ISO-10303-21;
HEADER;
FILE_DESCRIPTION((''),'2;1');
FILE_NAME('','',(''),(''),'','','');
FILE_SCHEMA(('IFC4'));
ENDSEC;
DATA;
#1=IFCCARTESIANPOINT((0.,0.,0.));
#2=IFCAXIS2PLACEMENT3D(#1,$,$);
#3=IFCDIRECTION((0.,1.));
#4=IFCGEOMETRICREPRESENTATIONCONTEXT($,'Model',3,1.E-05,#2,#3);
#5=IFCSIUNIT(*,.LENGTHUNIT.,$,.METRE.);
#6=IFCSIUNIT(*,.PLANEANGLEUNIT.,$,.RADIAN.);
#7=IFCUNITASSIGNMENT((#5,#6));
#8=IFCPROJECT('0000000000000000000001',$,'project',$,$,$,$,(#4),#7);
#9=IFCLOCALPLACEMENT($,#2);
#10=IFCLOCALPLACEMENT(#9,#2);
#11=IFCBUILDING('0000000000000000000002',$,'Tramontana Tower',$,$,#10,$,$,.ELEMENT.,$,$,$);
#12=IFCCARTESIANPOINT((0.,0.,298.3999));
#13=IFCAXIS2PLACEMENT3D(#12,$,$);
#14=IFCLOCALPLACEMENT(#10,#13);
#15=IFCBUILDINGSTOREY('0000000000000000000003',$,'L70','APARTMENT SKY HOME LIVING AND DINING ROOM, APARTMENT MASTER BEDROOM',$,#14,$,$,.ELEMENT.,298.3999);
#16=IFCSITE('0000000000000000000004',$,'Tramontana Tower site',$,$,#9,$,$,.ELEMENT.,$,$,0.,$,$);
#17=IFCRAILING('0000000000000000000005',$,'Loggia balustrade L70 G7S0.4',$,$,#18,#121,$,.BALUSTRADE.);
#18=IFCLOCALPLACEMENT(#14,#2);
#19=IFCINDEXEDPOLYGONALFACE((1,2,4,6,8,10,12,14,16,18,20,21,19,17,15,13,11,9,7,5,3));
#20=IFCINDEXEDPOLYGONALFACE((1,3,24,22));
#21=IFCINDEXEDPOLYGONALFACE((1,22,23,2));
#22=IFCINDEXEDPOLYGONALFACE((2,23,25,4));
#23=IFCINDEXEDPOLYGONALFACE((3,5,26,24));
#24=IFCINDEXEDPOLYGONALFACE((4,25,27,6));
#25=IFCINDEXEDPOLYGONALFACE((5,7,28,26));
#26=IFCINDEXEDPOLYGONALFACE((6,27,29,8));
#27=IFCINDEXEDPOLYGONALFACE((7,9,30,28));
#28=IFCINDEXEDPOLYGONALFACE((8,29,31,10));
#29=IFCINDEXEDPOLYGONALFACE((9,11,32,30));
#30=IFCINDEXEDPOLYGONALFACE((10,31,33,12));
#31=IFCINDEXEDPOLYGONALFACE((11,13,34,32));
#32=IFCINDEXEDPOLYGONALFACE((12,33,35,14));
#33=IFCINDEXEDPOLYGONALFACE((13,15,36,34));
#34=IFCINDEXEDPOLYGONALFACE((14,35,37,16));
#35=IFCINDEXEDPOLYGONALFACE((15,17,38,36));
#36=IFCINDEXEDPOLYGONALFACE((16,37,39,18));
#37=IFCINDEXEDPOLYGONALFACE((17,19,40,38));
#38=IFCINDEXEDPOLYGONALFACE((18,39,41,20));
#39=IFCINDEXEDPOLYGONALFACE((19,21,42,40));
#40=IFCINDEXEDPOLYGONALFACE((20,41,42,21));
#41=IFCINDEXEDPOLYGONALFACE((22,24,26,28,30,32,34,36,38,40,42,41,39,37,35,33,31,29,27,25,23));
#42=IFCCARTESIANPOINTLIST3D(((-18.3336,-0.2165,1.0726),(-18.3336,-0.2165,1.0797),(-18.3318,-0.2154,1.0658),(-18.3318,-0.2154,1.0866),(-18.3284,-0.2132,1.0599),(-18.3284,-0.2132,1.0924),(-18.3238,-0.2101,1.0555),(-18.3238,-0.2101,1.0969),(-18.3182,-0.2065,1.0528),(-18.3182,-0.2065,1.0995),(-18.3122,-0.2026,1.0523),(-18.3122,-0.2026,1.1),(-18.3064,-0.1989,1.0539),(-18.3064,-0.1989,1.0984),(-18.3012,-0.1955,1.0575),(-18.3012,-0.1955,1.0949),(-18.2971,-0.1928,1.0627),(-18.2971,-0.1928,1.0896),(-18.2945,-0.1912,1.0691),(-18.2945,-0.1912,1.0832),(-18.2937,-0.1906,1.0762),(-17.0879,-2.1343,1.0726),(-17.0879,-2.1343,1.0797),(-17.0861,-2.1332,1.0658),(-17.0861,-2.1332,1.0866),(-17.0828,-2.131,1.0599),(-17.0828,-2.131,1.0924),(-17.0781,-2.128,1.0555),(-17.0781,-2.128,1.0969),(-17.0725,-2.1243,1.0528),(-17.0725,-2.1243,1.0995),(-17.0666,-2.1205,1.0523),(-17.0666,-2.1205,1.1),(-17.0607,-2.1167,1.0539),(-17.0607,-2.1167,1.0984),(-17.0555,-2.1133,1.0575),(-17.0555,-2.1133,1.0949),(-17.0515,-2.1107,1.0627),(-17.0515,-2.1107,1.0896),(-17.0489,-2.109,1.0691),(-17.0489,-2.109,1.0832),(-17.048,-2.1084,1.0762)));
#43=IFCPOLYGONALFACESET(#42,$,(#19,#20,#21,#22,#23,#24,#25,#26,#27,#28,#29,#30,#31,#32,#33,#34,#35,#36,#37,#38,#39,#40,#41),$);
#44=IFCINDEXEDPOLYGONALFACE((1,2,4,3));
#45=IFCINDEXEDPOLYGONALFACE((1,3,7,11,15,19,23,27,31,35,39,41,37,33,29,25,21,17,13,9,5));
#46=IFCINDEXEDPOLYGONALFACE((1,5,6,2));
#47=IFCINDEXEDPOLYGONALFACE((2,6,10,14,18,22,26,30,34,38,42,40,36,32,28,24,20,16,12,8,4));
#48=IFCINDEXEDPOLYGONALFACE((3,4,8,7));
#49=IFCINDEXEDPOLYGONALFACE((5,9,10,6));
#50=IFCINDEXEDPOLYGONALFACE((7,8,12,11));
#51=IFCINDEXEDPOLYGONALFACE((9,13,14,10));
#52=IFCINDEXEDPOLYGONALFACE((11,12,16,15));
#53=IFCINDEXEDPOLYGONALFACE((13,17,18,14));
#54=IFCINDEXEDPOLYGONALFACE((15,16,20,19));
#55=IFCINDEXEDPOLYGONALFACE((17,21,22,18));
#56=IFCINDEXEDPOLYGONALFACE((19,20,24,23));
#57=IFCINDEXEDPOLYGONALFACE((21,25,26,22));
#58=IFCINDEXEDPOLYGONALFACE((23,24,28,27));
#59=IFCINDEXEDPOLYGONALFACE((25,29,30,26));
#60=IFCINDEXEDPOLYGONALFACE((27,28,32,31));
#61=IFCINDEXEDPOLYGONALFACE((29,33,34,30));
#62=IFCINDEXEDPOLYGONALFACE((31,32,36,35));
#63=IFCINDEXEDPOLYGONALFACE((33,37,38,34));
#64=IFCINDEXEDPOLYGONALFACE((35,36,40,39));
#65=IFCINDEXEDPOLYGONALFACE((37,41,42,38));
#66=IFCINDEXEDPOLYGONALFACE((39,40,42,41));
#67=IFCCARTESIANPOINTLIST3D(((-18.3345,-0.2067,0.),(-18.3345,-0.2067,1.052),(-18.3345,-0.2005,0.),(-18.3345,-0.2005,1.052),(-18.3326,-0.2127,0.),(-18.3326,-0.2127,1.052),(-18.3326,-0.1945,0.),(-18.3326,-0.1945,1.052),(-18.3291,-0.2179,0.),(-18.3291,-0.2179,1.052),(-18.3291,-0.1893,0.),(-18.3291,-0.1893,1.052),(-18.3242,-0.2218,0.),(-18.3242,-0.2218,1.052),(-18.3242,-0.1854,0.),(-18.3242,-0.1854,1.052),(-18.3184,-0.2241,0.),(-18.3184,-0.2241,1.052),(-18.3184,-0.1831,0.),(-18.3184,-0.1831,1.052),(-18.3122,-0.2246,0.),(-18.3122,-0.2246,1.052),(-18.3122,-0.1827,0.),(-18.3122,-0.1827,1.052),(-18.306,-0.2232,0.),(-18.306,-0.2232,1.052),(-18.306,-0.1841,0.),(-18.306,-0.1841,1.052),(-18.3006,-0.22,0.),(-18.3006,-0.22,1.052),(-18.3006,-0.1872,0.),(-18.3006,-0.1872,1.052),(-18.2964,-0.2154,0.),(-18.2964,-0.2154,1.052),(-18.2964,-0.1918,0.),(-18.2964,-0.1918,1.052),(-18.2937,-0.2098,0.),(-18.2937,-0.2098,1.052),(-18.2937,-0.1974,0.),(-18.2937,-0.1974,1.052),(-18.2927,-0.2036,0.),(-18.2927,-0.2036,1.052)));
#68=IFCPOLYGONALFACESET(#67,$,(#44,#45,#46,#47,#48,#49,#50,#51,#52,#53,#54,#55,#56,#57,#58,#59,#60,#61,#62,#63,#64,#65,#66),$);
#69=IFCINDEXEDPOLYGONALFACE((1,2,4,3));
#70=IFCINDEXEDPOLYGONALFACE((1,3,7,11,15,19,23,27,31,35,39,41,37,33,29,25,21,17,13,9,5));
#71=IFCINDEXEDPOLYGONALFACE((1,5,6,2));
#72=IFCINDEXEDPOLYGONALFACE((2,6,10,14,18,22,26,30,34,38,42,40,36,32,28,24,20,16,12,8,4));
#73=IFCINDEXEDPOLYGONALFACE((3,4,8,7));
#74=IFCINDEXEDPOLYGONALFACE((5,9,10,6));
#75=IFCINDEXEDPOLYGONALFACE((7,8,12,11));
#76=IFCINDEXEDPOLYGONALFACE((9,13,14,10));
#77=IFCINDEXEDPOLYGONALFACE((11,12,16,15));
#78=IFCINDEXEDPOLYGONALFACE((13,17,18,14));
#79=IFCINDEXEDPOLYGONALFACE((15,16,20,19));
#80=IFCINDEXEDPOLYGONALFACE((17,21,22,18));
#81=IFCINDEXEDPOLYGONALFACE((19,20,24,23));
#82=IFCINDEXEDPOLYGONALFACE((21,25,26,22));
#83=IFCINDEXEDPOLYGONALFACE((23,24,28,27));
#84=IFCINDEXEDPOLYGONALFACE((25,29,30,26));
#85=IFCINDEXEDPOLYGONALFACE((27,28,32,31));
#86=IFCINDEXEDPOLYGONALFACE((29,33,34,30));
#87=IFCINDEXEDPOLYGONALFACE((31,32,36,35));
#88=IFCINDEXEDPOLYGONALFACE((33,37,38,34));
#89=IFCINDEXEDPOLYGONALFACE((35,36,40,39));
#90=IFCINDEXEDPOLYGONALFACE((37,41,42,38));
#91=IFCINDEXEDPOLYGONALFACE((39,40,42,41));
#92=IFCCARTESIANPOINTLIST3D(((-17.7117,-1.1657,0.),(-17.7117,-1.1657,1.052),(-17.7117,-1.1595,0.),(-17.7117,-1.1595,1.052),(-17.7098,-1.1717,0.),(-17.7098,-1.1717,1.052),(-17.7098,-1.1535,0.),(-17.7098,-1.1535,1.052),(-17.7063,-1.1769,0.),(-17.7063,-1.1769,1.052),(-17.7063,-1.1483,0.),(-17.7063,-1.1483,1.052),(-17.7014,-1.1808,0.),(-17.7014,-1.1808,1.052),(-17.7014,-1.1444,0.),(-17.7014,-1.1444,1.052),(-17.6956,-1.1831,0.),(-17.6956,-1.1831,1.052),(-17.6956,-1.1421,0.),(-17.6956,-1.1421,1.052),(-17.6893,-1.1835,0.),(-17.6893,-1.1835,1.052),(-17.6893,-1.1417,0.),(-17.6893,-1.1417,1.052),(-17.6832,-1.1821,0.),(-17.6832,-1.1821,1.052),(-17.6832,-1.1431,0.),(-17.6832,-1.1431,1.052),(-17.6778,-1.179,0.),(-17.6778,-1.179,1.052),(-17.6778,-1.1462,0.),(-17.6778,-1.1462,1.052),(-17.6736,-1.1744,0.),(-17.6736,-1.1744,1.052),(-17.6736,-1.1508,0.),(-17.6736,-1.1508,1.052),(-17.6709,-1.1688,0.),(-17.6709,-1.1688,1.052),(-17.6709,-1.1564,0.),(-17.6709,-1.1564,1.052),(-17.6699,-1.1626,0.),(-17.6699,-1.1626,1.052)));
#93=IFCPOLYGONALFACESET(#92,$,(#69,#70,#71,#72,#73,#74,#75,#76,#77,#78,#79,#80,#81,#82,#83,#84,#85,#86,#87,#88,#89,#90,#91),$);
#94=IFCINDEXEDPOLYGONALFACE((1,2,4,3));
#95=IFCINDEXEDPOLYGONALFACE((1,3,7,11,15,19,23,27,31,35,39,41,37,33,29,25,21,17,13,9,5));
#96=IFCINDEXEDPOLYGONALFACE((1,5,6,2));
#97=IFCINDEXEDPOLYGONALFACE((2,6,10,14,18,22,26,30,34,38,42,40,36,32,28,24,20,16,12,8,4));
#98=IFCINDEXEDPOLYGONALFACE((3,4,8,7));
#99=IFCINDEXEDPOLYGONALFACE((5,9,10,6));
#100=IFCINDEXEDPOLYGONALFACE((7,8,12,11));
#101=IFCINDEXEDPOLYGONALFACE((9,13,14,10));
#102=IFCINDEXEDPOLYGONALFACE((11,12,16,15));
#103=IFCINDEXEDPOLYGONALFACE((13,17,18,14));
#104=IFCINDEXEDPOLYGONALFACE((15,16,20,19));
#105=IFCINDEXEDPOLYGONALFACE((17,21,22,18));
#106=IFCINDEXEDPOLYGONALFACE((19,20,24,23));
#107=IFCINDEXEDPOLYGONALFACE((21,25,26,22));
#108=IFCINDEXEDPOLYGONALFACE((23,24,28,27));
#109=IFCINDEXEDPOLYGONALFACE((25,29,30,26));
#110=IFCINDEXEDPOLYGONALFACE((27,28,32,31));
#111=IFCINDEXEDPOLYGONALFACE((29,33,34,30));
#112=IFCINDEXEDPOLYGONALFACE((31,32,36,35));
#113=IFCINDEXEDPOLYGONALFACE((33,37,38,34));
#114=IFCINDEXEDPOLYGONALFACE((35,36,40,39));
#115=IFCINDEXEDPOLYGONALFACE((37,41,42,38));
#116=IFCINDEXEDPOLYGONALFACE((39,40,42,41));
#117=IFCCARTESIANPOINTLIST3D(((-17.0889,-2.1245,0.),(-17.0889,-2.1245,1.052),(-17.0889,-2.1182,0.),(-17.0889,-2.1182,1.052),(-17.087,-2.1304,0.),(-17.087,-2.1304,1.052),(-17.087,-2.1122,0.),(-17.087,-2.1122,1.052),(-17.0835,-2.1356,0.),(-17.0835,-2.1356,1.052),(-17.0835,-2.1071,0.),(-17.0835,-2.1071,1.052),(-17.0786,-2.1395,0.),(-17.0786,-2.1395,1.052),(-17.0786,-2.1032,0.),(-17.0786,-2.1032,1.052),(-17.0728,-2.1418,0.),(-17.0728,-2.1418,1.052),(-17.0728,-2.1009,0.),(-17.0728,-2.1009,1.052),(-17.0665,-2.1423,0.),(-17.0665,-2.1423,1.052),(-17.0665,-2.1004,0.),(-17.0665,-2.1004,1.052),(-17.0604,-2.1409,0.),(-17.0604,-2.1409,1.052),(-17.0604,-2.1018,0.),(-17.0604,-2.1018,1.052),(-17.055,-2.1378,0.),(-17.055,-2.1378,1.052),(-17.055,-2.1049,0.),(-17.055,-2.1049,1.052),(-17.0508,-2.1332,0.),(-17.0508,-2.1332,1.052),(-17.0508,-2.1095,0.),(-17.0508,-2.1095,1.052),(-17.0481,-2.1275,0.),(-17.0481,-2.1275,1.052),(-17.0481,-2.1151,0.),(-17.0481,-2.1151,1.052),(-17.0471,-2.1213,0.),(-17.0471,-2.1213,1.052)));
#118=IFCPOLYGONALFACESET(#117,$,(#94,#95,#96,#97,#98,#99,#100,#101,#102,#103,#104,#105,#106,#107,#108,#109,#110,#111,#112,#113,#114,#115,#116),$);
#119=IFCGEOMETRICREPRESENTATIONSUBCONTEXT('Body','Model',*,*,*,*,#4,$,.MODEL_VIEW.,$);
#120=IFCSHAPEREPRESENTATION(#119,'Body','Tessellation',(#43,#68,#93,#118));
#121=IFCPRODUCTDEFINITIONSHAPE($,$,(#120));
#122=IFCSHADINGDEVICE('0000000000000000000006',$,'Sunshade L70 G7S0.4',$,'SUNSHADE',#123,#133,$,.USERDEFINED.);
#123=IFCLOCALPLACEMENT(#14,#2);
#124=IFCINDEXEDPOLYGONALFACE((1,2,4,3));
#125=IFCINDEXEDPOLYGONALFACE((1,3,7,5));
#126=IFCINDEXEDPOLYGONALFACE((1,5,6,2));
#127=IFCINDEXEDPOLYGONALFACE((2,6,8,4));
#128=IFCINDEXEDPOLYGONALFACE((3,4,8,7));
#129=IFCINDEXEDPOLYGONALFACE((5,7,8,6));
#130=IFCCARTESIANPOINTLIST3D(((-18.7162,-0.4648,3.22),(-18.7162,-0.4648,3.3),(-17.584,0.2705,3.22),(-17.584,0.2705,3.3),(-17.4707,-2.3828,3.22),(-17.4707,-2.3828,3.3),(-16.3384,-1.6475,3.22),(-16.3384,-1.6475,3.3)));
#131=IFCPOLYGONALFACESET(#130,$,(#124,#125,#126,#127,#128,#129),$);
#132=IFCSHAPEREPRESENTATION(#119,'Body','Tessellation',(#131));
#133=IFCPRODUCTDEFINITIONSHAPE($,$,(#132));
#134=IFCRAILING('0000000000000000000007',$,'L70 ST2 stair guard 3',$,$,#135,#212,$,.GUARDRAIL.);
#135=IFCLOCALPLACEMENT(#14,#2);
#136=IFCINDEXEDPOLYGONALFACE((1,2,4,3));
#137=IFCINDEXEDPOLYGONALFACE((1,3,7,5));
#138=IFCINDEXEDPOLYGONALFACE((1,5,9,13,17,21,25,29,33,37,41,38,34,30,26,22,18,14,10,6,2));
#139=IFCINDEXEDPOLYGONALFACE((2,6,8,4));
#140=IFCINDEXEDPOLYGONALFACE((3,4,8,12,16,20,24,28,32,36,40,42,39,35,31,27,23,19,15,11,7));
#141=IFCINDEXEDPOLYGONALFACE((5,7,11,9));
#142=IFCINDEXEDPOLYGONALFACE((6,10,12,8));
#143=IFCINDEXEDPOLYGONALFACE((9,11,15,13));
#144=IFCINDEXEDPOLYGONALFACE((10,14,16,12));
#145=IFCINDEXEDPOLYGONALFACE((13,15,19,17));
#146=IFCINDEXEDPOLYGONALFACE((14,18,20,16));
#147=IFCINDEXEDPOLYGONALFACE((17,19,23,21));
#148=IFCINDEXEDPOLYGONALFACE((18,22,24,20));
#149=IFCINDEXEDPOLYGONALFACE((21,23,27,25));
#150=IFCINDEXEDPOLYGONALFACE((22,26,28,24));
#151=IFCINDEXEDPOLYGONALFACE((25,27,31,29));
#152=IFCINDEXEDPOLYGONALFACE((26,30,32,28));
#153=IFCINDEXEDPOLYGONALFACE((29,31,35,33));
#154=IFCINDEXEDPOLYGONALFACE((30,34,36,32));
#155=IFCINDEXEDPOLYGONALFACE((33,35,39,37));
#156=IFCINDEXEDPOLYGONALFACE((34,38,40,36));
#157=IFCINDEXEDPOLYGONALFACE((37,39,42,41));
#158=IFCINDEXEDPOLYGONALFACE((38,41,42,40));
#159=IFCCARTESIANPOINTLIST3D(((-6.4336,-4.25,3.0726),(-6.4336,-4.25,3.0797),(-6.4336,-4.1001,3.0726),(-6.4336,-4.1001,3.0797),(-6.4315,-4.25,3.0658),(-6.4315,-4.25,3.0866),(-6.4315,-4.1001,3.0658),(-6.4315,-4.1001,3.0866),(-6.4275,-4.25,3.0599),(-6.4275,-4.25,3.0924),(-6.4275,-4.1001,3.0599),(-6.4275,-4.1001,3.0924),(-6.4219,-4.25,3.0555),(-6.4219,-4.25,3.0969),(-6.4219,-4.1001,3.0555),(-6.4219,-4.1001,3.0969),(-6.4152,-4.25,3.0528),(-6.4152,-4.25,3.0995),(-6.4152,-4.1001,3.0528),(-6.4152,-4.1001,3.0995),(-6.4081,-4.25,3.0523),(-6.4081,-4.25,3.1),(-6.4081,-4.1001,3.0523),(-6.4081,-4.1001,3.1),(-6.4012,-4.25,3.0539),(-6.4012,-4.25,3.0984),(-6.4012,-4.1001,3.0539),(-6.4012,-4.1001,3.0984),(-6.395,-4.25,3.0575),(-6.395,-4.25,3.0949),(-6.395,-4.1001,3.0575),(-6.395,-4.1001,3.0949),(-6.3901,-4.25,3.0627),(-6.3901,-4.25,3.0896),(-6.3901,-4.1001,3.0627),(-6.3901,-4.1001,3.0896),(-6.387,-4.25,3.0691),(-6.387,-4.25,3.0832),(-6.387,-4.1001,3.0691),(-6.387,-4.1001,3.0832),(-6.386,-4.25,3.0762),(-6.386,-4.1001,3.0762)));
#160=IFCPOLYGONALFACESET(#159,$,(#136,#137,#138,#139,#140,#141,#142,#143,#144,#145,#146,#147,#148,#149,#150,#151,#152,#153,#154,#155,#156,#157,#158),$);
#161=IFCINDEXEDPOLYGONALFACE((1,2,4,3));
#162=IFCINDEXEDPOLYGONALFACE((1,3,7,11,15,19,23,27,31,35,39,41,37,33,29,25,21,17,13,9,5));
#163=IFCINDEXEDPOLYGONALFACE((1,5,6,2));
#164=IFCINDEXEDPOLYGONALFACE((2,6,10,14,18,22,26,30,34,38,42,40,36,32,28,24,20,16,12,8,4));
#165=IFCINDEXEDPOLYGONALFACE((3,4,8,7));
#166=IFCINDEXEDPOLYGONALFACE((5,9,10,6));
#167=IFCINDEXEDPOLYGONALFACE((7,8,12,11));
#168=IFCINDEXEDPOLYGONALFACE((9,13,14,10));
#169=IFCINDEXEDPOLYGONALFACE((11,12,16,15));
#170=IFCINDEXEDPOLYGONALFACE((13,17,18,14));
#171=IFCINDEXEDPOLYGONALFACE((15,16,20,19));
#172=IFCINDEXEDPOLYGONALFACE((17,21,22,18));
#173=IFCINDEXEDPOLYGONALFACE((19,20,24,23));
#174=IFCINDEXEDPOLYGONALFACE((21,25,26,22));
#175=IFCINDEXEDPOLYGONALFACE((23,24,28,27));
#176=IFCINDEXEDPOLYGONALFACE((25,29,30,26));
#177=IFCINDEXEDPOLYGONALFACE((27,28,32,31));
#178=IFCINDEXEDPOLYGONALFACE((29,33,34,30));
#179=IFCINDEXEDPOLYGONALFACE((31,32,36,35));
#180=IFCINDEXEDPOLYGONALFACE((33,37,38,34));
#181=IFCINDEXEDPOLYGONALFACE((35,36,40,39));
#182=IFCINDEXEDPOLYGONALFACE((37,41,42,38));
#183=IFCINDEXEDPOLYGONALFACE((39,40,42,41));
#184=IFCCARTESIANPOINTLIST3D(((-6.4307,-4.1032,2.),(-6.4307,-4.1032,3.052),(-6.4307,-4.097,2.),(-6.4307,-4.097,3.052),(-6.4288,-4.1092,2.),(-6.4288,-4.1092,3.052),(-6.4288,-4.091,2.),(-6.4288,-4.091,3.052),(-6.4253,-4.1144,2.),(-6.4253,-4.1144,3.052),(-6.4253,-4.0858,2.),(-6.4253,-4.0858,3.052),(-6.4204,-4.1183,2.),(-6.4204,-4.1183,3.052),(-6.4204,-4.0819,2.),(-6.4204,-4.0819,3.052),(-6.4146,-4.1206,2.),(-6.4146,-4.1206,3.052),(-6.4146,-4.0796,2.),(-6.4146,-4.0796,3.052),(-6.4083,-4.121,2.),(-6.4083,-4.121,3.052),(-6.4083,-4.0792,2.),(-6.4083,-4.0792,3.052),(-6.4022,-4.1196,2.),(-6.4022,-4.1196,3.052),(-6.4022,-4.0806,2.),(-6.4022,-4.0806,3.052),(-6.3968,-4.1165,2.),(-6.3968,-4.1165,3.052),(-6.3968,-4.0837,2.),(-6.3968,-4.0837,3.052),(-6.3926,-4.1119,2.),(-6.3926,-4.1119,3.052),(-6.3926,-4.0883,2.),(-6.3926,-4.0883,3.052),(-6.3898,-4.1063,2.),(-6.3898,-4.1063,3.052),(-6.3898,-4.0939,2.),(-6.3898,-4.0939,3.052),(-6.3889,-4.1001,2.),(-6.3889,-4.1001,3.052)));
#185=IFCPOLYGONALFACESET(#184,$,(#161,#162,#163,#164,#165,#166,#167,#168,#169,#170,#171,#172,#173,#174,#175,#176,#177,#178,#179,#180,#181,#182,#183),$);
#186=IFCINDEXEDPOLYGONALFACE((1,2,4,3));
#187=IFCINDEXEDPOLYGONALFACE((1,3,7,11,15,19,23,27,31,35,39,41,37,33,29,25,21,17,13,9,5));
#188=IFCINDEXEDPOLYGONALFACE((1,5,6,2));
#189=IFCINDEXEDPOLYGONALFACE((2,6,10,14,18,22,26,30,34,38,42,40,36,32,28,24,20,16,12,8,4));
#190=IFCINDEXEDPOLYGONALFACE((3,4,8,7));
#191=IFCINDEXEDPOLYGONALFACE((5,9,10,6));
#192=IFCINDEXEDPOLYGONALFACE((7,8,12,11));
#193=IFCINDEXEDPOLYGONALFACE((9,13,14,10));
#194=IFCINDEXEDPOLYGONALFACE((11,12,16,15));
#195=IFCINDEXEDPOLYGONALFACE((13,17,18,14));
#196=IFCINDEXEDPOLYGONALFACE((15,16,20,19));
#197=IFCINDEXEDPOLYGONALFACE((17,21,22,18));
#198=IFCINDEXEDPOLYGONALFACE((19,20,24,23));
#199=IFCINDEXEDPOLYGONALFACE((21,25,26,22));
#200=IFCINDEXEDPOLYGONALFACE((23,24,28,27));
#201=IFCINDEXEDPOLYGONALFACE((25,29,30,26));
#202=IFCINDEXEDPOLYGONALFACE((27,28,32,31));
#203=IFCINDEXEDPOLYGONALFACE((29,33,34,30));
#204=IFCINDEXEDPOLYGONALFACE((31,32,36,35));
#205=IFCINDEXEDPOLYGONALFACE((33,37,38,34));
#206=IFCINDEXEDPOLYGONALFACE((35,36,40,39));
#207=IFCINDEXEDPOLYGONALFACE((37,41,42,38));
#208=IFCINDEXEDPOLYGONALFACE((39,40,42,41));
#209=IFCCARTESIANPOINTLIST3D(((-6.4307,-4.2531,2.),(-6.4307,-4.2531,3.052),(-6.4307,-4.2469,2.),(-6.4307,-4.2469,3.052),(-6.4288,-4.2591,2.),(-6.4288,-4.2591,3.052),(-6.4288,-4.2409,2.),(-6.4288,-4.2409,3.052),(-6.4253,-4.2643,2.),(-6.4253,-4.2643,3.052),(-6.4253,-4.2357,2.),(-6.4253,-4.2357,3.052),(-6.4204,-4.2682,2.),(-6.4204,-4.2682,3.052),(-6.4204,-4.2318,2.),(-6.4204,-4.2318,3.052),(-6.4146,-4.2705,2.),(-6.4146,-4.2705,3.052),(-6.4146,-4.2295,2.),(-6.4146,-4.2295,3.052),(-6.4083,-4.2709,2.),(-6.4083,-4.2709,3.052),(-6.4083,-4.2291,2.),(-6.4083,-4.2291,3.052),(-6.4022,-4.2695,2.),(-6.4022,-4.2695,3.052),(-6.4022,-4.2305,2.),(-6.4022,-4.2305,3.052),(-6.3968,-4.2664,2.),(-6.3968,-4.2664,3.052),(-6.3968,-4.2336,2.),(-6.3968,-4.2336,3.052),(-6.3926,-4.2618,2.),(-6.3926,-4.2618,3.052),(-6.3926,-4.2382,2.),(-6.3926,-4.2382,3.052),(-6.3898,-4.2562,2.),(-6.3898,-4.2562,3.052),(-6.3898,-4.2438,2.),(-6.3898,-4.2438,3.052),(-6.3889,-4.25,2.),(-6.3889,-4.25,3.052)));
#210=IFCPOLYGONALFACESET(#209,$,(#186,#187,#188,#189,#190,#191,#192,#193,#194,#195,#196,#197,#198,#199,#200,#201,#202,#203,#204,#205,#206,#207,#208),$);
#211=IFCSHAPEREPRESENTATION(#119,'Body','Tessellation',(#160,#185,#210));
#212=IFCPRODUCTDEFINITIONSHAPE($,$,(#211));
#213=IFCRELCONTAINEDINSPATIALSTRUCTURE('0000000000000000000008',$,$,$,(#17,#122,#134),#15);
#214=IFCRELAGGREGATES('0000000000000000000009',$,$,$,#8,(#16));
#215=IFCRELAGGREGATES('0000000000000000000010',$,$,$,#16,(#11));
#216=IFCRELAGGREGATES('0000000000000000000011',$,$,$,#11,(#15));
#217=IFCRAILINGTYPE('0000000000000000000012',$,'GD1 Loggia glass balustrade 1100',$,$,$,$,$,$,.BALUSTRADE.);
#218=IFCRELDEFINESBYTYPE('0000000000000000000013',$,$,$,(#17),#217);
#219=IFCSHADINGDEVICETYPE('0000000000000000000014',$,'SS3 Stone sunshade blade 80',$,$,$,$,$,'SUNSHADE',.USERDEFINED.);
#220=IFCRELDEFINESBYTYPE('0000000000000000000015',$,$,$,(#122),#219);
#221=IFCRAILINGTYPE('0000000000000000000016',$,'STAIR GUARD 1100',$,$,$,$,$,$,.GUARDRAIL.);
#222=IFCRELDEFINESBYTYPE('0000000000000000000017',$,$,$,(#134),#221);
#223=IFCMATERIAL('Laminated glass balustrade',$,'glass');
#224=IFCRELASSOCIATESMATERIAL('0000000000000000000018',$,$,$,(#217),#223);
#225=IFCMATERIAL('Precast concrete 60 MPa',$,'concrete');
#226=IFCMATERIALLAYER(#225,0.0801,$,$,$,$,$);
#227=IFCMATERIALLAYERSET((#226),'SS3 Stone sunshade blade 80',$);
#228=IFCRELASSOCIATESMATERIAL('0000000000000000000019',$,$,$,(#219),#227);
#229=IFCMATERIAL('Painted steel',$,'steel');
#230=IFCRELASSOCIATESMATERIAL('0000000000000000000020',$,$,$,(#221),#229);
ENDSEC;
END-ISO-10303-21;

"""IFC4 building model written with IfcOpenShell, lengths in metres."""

from ifc_helpers import new_model, si_unit, direction, frame, origin, origin_2d, place, context, subcontext, project, spatial, rectangle, circle, extrude, material, layer, layer_set, type_object, element, save


model = new_model("IFC4")

# Units and contexts
model_context = context("Model", 3, precision=1e-05, world=origin(), true_north=direction((0.0, 1.0)))
body_context = subcontext(model_context, "Body", "Model", "MODEL_VIEW")
ifc_project = project(units=[si_unit("LENGTHUNIT", "METRE"), si_unit("PLANEANGLEUNIT", "RADIAN")], contexts=[model_context])

# Site, building, storey
site_placement = place(None, origin())
site = spatial("IfcSite", under=ifc_project, at=site_placement, Name="Tramontana Tower site", CompositionType="ELEMENT", RefElevation=0.0)
building_placement = place(site_placement, origin())
building = spatial("IfcBuilding", under=site, at=building_placement, Name="Tramontana Tower", CompositionType="ELEMENT")
storey_placement = place(building_placement, frame((0.0, 0.0, 298.3999)))
storey = spatial("IfcBuildingStorey", under=building, at=storey_placement, Name="L70", Description="APARTMENT SKY HOME LIVING AND DINING ROOM, APARTMENT MASTER BEDROOM", CompositionType="ELEMENT", Elevation=298.3999)

# Railing
ifc_material_1 = material(Name="Laminated glass balustrade", Category="glass")
railing_type_1 = type_object("IfcRailingType", Name="GD1 Loggia glass balustrade 1100", PredefinedType="BALUSTRADE", material=ifc_material_1)
railing_1_placement = place(storey_placement, frame((-18.3137, -0.2036, 0.0)))
element("IfcRailing", 1, at=railing_1_placement, inside=storey, type_object=railing_type_1, Name="Loggia balustrade L70 G7S0.4", PredefinedType="BALUSTRADE", context=body_context, shape_type="SweptSolid", body=[
    extrude(circle(Radius=0.0239, at=origin_2d()), frame((0.0, 0.0, 1.0762), z_axis=(0.544707, -0.838627, 0.0), x_axis=(0.838627, 0.544707, 0.0)), (0.0, 0.0, 1.0), 2.2869),
    extrude(circle(Radius=0.021, at=origin_2d()), origin(), (0.0, 0.0, 1.0), 1.052),
    extrude(circle(Radius=0.021, at=origin_2d()), frame((0.6228, -0.959, 0.0)), (0.0, 0.0, 1.0), 1.052),
    extrude(circle(Radius=0.021, at=origin_2d()), frame((1.2456, -1.9177, 0.0)), (0.0, 0.0, 1.0), 1.052),
])

# Shading device
ifc_material_2 = material(Name="Precast concrete 60 MPa", Category="concrete")
ifc_layer_1 = layer(ifc_material_2, 0.0801)
ifc_layer_set_1 = layer_set([ifc_layer_1], Name="SS3 Stone sunshade blade 80")
shading_device_type = type_object("IfcShadingDeviceType", Name="SS3 Stone sunshade blade 80", ElementType="SUNSHADE", PredefinedType="USERDEFINED", material=ifc_layer_set_1)
shading_device_placement = place(storey_placement, frame((-17.5273, -1.0562, 3.22), z_axis=(0.0, 0.0, 1.0), x_axis=(0.544639, -0.838671, 0.0)))
element("IfcShadingDevice", 2, at=shading_device_placement, inside=storey, type_object=shading_device_type, Name="Sunshade L70 G7S0.4", ObjectType="SUNSHADE", PredefinedType="USERDEFINED", context=body_context, shape_type="SweptSolid", body=[
    extrude(rectangle(XDim=2.2869, YDim=1.3501, at=origin_2d()), origin(), (0.0, 0.0, 1.0), 0.0801),
])

# Railing
ifc_material_3 = material(Name="Painted steel", Category="steel")
railing_type_2 = type_object("IfcRailingType", Name="STAIR GUARD 1100", PredefinedType="GUARDRAIL", material=ifc_material_3)
railing_2_placement = place(storey_placement, frame((-6.4099, -4.1001, 2.0)))
element("IfcRailing", 3, at=railing_2_placement, inside=storey, type_object=railing_type_2, Name="L70 ST2 stair guard 3", PredefinedType="GUARDRAIL", context=body_context, shape_type="SweptSolid", body=[
    extrude(circle(Radius=0.0239, at=origin_2d()), frame((0.0, 0.0, 1.0762), z_axis=(0.0, -1.0, 0.0), x_axis=(1.0, 0.0, 0.0)), (0.0, 0.0, 1.0), 0.1499),
    extrude(circle(Radius=0.021, at=origin_2d()), origin(), (0.0, 0.0, 1.0), 1.052),
    extrude(circle(Radius=0.021, at=origin_2d()), frame((0.0, -0.1499, 0.0)), (0.0, 0.0, 1.0), 1.052),
])

save(model, "model.ifc")
